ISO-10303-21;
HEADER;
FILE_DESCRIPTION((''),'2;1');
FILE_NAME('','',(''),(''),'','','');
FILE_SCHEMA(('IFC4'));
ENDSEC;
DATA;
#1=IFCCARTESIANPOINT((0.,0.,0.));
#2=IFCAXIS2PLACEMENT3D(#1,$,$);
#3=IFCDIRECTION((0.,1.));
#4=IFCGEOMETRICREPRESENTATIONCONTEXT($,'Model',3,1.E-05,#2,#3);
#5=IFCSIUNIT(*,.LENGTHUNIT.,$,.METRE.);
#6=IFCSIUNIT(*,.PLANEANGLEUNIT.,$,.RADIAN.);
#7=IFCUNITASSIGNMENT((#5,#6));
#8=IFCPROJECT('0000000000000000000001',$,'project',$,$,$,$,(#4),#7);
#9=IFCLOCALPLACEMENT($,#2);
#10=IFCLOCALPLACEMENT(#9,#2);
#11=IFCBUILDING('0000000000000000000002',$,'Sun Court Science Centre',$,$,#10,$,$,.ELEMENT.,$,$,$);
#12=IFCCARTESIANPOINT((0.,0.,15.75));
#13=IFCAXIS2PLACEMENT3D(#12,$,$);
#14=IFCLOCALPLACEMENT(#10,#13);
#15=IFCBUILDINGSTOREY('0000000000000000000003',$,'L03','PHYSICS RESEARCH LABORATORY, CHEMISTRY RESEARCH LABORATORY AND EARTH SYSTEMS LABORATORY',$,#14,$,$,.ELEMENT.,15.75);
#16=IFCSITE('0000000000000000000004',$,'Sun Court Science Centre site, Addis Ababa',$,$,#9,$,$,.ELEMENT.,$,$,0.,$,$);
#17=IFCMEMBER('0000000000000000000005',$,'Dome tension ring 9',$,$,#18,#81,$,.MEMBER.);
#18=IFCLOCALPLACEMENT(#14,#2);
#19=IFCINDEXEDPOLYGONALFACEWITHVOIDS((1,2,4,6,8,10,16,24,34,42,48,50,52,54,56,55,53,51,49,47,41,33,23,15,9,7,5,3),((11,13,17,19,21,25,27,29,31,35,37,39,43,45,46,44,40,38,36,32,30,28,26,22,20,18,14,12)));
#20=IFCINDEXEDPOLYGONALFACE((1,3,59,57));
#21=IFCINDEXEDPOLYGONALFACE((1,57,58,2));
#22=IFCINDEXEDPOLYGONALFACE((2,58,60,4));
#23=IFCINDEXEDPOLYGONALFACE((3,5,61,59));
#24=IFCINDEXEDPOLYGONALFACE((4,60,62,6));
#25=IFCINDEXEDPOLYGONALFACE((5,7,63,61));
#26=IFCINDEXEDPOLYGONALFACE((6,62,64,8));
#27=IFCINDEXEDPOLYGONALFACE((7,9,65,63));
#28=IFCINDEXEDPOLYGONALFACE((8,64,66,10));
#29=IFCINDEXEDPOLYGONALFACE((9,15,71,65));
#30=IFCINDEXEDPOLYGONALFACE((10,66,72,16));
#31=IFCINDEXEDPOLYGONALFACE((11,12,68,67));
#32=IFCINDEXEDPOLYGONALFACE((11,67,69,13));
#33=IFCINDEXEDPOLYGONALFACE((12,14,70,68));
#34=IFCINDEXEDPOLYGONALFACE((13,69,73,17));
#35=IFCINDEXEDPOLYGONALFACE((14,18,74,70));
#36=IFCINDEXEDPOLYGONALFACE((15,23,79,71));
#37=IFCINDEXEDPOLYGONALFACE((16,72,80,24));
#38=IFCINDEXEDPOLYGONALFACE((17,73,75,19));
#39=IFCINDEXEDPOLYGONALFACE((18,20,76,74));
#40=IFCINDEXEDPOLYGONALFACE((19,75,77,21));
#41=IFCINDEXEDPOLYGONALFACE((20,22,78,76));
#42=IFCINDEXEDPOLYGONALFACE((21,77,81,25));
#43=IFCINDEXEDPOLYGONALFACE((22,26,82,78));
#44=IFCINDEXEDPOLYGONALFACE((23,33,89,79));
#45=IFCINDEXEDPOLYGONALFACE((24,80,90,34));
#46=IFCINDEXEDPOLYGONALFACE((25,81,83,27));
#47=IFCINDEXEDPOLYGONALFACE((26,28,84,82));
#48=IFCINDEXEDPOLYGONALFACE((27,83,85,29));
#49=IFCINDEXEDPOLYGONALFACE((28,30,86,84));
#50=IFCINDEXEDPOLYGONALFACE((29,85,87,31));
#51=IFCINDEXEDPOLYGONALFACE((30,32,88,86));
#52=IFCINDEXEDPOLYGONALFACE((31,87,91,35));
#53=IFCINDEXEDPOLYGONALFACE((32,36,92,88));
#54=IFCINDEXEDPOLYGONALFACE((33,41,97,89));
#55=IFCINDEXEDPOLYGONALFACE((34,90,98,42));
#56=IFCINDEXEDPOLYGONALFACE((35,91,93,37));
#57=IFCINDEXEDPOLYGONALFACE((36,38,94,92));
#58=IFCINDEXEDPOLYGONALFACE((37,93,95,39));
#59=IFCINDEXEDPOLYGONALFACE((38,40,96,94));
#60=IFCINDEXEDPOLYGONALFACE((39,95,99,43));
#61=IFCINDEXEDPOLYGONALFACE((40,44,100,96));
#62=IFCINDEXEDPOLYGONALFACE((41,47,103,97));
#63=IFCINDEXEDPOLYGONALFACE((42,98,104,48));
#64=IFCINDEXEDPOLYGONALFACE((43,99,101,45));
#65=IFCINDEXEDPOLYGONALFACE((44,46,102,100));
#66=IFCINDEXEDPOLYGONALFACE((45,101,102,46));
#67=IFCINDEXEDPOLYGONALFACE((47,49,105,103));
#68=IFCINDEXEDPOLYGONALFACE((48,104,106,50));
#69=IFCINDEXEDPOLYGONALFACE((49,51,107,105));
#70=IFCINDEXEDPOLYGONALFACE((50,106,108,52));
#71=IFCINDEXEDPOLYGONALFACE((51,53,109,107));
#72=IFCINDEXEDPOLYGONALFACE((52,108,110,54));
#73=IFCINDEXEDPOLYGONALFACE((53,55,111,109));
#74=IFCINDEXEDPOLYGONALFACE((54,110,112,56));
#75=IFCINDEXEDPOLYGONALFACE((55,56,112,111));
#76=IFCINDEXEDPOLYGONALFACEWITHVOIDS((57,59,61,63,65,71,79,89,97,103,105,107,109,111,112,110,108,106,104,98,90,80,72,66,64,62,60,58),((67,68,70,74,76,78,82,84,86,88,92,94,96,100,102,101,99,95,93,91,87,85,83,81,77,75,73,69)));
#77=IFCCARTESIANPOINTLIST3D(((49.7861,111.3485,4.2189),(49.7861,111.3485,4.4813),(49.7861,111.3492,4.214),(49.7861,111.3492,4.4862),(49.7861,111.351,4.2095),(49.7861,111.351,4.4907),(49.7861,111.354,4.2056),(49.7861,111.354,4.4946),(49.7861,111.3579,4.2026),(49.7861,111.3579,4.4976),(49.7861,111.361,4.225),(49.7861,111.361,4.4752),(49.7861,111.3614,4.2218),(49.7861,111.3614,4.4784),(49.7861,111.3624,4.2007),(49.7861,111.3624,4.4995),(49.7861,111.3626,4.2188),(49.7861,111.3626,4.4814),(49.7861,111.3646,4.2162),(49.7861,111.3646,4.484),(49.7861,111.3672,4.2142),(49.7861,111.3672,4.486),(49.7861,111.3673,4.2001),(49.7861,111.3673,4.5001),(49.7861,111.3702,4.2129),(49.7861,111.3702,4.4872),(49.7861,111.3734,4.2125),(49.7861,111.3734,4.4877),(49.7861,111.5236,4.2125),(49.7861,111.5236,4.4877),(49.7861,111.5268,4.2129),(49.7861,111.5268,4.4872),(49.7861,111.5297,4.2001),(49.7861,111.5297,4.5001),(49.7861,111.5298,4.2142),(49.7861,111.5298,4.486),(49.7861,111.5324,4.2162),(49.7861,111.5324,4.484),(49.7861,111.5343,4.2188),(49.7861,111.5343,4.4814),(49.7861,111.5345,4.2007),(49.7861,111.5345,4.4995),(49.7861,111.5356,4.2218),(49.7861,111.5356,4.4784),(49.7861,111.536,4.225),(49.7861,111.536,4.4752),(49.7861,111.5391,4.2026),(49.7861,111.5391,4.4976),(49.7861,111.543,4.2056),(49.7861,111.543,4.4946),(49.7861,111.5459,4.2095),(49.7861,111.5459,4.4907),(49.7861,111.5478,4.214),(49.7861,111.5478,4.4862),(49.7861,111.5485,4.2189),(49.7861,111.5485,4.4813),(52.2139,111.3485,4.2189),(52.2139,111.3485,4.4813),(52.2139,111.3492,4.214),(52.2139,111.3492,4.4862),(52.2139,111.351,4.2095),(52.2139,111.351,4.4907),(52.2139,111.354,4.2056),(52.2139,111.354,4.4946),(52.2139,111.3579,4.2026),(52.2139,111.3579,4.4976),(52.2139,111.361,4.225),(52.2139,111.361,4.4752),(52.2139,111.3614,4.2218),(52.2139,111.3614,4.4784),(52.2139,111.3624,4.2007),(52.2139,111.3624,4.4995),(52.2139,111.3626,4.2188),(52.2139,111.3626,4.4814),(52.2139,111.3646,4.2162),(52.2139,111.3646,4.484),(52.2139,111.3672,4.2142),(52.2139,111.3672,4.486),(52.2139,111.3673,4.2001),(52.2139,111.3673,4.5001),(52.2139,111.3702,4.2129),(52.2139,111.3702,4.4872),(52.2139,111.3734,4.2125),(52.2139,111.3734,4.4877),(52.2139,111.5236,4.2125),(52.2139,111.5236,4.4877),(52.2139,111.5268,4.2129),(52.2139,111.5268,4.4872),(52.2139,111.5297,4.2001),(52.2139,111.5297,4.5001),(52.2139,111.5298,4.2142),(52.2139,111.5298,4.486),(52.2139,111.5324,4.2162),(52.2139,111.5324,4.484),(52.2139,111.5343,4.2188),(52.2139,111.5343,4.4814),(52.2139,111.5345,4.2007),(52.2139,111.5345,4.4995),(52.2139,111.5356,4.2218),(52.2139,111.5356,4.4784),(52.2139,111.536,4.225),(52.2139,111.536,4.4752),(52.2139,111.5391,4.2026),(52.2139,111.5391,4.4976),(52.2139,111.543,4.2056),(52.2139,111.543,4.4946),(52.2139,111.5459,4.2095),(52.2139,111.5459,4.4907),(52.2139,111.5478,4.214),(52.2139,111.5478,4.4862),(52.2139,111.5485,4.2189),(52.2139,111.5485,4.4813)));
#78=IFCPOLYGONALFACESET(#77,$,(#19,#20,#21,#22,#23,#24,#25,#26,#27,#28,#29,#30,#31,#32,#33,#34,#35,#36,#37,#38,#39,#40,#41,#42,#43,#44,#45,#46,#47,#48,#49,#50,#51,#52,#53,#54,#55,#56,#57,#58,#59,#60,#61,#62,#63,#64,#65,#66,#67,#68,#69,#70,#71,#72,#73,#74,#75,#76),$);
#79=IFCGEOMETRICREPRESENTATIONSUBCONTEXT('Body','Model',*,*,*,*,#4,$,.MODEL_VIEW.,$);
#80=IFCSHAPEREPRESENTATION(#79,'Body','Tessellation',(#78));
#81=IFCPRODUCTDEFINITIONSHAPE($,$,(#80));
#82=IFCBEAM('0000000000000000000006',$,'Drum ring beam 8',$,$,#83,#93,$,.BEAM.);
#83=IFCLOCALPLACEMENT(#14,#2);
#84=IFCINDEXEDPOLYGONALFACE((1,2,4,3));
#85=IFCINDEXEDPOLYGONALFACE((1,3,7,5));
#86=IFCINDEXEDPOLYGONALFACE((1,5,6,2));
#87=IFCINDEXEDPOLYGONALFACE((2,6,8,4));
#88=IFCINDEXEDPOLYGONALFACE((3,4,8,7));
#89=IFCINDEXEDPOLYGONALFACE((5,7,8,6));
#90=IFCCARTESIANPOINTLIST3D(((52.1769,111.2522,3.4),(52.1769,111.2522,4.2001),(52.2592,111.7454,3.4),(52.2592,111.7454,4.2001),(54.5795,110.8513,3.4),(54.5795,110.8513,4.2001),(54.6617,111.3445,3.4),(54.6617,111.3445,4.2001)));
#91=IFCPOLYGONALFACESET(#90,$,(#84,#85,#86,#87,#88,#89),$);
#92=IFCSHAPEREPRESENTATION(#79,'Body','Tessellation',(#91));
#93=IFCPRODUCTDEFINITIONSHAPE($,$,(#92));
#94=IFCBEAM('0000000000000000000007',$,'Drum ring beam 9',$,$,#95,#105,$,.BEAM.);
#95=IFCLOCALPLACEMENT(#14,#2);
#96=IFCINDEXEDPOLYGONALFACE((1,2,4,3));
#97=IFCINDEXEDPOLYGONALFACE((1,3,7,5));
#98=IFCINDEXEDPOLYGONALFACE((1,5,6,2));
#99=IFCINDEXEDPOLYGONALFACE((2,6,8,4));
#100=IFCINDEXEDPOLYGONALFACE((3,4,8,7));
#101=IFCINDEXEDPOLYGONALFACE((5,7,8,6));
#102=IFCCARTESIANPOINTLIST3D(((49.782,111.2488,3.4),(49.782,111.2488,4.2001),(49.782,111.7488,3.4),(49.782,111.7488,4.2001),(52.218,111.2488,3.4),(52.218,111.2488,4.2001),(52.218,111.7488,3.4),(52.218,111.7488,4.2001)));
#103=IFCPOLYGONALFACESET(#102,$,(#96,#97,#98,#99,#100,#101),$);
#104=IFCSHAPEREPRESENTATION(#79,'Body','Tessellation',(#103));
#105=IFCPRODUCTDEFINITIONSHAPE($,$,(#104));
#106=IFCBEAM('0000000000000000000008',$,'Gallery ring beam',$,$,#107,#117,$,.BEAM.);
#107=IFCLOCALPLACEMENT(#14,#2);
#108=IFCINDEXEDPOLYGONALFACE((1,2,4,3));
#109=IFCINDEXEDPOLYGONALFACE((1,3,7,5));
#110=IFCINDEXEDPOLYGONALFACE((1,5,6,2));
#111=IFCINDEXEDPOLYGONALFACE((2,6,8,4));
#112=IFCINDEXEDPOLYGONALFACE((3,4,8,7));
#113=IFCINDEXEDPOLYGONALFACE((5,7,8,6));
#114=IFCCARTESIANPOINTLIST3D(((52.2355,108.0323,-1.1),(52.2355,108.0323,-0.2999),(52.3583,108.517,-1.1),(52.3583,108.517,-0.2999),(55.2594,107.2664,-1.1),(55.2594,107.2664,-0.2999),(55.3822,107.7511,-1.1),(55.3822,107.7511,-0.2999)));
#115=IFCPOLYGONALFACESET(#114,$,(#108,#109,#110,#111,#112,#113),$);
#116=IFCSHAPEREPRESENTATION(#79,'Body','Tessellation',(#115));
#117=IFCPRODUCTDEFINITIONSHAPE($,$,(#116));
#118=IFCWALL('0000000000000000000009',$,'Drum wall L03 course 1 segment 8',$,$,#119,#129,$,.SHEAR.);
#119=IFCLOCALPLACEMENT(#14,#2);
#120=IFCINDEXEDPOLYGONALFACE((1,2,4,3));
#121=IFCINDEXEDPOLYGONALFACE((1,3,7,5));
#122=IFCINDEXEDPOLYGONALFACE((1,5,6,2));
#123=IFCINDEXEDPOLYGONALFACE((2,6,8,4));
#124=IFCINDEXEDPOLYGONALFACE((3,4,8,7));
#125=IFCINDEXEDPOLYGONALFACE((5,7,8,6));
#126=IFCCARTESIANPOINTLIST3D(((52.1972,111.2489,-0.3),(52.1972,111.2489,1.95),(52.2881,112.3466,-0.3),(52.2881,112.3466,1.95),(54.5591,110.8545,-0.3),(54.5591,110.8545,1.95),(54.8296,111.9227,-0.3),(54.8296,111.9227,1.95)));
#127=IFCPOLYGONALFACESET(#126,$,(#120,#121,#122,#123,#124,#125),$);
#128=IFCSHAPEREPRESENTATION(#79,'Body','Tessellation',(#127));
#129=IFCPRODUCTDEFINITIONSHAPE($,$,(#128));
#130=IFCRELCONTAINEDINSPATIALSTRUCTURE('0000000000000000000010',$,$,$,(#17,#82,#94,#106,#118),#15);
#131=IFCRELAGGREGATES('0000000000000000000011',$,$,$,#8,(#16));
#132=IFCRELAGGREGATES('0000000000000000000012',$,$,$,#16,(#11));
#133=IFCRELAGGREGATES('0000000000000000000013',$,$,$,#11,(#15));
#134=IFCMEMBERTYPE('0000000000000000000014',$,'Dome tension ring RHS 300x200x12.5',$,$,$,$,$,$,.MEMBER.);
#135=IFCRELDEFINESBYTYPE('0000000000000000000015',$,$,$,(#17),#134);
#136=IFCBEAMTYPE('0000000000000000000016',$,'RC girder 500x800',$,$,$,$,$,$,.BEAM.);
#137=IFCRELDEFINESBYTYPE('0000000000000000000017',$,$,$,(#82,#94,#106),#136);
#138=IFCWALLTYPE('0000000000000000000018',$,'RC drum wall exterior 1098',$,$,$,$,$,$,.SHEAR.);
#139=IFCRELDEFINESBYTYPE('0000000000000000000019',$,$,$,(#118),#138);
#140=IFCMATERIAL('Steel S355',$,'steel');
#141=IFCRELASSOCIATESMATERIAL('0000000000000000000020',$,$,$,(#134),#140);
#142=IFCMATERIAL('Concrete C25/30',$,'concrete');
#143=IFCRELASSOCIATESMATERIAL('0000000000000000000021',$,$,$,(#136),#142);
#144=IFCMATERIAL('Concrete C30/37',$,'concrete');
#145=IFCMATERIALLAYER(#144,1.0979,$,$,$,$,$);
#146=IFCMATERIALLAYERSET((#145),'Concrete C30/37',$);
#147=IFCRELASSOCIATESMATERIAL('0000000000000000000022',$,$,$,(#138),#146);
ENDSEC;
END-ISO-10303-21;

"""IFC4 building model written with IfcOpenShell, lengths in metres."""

from ifc_helpers import new_model, si_unit, direction, frame, origin, origin_2d, place, context, subcontext, project, spatial, polyline, rectangle, hollow_rectangle, outline, extrude, material, layer, layer_set, material_profile, profile_set, type_object, element, save


model = new_model("IFC4")

# Units and contexts
model_context = context("Model", 3, precision=1e-05, world=origin(), true_north=direction((0.0, 1.0)))
body_context = subcontext(model_context, "Body", "Model", "MODEL_VIEW")
ifc_project = project(units=[si_unit("LENGTHUNIT", "METRE"), si_unit("PLANEANGLEUNIT", "RADIAN")], contexts=[model_context])

# Site, building, storey
site_placement = place(None, origin())
site = spatial("IfcSite", under=ifc_project, at=site_placement, Name="Sun Court Science Centre site, Addis Ababa", CompositionType="ELEMENT", RefElevation=0.0)
building_placement = place(site_placement, origin())
building = spatial("IfcBuilding", under=site, at=building_placement, Name="Sun Court Science Centre", CompositionType="ELEMENT")
storey_placement = place(building_placement, frame((0.0, 0.0, 15.75)))
storey = spatial("IfcBuildingStorey", under=building, at=storey_placement, Name="L03", Description="PHYSICS RESEARCH LABORATORY, CHEMISTRY RESEARCH LABORATORY AND EARTH SYSTEMS LABORATORY", CompositionType="ELEMENT", Elevation=15.75)

# Member
ifc_material_1 = material(Name="Steel S355", Category="steel")
ifc_material_profile_1 = material_profile(ifc_material_1, hollow_rectangle(XDim=0.2, YDim=0.3, WallThickness=0.0125, InnerFilletRadius=0.0125, OuterFilletRadius=0.0188, at=origin_2d()), Name="RHS 300x200x12.5")
ifc_profile_set_1 = profile_set([ifc_material_profile_1], Name="Steel S355")
member_type_1 = type_object("IfcMemberType", Name="Dome tension ring RHS 300x200x12.5", PredefinedType="MEMBER", material=ifc_profile_set_1)
for number, where, z_axis, x_axis, name in (
    (1, (52.2139, 111.4485, 4.3501), (-1.0, 0.0, 0.0), (0.0, -1.0, 0.0), "Dome tension ring 9"),
):
    element("IfcMember", number, at=place(storey_placement, frame(where, z_axis=z_axis, x_axis=x_axis)), inside=storey, type_object=member_type_1, Name=name, PredefinedType="MEMBER", context=body_context, shape_type="SweptSolid", body=[
        extrude(hollow_rectangle(XDim=0.2, YDim=0.3, WallThickness=0.0125, InnerFilletRadius=0.0125, OuterFilletRadius=0.0188, at=origin_2d()), origin(), (0.0, 0.0, 1.0), 2.4277),
    ])

# Beams
ifc_material_2 = material(Name="Concrete C25/30", Category="concrete")
ifc_material_profile_2 = material_profile(ifc_material_2, rectangle(XDim=0.5, YDim=0.8, at=origin_2d()), Name="RC 500x800")
ifc_profile_set_2 = profile_set([ifc_material_profile_2], Name="Concrete C25/30")
beam_type = type_object("IfcBeamType", Name="RC girder 500x800", PredefinedType="BEAM", material=ifc_profile_set_2)
beam_1_placement = place(storey_placement, frame((54.6206, 111.0979, 3.8), z_axis=(-0.986364, 0.164578, 0.0), x_axis=(-0.164578, -0.986364, 0.0)))
element("IfcBeam", 2, at=beam_1_placement, inside=storey, type_object=beam_type, Name="Drum ring beam 8", PredefinedType="BEAM", context=body_context, shape_type="SweptSolid", body=[
    extrude(rectangle(XDim=0.5, YDim=0.8, at=origin_2d()), origin(), (0.0, 0.0, 1.0), 2.4358),
])
beam_2_placement = place(storey_placement, frame((52.218, 111.4988, 3.8), z_axis=(-1.0, 0.0, 0.0), x_axis=(0.0, -1.0, 0.0)))
element("IfcBeam", 3, at=beam_2_placement, inside=storey, type_object=beam_type, Name="Drum ring beam 9", PredefinedType="BEAM", context=body_context, shape_type="SweptSolid", body=[
    extrude(rectangle(XDim=0.5, YDim=0.8, at=origin_2d()), origin(), (0.0, 0.0, 1.0), 2.436),
])
beam_3_placement = place(storey_placement, frame((55.3208, 107.5088, -0.7), z_axis=(-0.969392, 0.245518, 0.0), x_axis=(-0.245518, -0.969392, 0.0)))
element("IfcBeam", 4, at=beam_3_placement, inside=storey, type_object=beam_type, Name="Gallery ring beam", PredefinedType="BEAM", context=body_context, shape_type="SweptSolid", body=[
    extrude(rectangle(XDim=0.5, YDim=0.8, at=origin_2d()), origin(), (0.0, 0.0, 1.0), 3.1194),
])

# Wall
ifc_material_3 = material(Name="Concrete C30/37", Category="concrete")
ifc_layer_1 = layer(ifc_material_3, 1.0979)
ifc_layer_set_1 = layer_set([ifc_layer_1], Name="Concrete C30/37")
wall_type_1 = type_object("IfcWallType", Name="RC drum wall exterior 1098", PredefinedType="SHEAR", material=ifc_layer_set_1)
wall_1_placement = place(storey_placement, frame((54.7393, 111.3811, -0.3), z_axis=(0.0, 0.0, 1.0), x_axis=(-0.986361, 0.164599, 0.0)))
element("IfcWall", 5, at=wall_1_placement, inside=storey, type_object=wall_type_1, Name="Drum wall L03 course 1 segment 8", PredefinedType="SHEAR", context=body_context, shape_type="SweptSolid", body=[
    extrude(outline(polyline([(0.0, -0.5491), (2.5767, -0.5488), (2.4856, 0.5488), (0.0911, 0.5491), (0.0, -0.5491)])), origin(), (0.0, 0.0, 1.0), 2.25),
])

save(model, "model.ifc")
